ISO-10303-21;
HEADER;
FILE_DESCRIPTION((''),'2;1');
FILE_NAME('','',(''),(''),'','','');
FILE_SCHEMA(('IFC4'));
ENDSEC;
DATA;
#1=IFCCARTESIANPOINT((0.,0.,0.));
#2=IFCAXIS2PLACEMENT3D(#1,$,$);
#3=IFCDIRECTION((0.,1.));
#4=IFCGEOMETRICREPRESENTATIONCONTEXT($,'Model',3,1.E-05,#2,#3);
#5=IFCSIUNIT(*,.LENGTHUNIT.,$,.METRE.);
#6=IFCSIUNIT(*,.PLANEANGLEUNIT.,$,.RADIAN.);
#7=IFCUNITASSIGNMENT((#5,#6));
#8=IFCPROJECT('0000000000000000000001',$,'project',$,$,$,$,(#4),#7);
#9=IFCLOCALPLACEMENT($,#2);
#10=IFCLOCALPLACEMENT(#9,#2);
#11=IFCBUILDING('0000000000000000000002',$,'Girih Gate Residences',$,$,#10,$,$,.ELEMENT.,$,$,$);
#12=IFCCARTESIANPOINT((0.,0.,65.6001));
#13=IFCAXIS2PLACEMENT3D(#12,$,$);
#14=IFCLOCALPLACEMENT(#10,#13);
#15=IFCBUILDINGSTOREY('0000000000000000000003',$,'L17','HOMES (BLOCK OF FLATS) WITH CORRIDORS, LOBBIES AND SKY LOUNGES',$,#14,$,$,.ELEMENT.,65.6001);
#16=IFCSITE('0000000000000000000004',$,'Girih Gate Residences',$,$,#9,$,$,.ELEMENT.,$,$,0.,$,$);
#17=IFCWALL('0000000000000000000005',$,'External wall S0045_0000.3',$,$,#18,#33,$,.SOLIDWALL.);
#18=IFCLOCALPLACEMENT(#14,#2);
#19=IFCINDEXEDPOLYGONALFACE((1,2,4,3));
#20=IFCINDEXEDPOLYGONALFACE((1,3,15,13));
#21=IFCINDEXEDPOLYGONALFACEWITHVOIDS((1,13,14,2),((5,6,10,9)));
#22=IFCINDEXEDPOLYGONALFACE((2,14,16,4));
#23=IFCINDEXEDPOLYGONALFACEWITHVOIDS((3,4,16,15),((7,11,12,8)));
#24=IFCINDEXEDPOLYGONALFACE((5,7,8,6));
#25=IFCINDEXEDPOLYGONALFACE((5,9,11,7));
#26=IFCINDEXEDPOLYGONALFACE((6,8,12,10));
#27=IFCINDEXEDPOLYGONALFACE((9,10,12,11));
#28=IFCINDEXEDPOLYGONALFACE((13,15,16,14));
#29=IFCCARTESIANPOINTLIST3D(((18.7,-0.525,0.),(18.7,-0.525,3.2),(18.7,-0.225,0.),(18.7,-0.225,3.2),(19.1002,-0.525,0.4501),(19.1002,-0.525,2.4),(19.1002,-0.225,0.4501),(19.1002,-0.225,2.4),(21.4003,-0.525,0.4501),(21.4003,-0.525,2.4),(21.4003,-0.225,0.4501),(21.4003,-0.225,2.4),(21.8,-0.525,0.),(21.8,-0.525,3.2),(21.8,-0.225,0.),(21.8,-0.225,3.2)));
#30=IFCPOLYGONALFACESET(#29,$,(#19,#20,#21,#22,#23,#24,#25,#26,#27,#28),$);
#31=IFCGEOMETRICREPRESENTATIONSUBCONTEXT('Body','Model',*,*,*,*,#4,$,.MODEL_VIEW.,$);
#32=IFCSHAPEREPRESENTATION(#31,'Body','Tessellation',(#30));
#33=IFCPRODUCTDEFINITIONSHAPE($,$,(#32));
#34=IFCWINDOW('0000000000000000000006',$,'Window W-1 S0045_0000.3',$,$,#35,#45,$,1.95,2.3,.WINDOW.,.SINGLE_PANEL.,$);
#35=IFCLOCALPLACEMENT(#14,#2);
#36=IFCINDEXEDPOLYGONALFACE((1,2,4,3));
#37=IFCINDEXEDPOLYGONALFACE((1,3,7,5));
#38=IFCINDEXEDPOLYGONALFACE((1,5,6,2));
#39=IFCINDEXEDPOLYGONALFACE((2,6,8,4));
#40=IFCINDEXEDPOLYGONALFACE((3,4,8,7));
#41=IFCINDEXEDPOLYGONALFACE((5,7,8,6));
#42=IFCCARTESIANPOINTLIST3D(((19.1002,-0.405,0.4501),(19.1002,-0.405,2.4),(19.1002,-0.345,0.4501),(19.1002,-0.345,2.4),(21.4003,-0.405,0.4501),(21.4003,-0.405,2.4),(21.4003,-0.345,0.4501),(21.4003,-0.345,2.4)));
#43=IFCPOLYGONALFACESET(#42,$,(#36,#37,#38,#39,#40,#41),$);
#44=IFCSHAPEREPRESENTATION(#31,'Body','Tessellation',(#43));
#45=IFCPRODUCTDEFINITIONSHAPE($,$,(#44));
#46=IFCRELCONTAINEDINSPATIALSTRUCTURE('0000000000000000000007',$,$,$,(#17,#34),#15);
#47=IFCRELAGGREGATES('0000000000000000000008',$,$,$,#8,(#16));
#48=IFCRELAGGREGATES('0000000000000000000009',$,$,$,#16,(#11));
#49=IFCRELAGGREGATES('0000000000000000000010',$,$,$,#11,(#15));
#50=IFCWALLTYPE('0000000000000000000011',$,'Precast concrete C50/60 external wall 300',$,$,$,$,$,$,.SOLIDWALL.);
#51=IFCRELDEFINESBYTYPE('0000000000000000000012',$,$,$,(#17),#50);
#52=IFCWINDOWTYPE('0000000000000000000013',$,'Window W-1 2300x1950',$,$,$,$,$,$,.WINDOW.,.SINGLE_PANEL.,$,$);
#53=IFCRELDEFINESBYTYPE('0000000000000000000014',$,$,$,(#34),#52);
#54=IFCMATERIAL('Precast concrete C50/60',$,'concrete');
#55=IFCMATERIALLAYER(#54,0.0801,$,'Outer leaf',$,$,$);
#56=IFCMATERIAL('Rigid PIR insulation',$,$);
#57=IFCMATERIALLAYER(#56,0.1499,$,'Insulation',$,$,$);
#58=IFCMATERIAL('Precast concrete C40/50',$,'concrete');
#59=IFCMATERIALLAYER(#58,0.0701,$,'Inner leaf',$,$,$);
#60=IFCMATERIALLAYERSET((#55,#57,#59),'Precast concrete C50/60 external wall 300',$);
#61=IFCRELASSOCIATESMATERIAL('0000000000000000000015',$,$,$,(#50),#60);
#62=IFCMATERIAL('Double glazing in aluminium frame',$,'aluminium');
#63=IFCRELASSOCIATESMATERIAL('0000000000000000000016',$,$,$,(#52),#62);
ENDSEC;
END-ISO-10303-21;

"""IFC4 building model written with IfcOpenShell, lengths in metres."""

from ifc_helpers import new_model, si_unit, direction, frame, frame_2d, origin, place, context, subcontext, project, spatial, rectangle, extrude, material, layer, layer_set, type_object, element, fill, save


model = new_model("IFC4")

# Units and contexts
model_context = context("Model", 3, precision=1e-05, world=origin(), true_north=direction((0.0, 1.0)))
body_context = subcontext(model_context, "Body", "Model", "MODEL_VIEW")
ifc_project = project(units=[si_unit("LENGTHUNIT", "METRE"), si_unit("PLANEANGLEUNIT", "RADIAN")], contexts=[model_context])

# Site, building, storey
site_placement = place(None, origin())
site = spatial("IfcSite", under=ifc_project, at=site_placement, Name="Girih Gate Residences", CompositionType="ELEMENT", RefElevation=0.0)
building_placement = place(site_placement, origin())
building = spatial("IfcBuilding", under=site, at=building_placement, Name="Girih Gate Residences", CompositionType="ELEMENT")
storey_placement = place(building_placement, frame((0.0, 0.0, 65.6001)))
storey = spatial("IfcBuildingStorey", under=building, at=storey_placement, Name="L17", Description="HOMES (BLOCK OF FLATS) WITH CORRIDORS, LOBBIES AND SKY LOUNGES", CompositionType="ELEMENT", Elevation=65.6001)

# Wall, opening, window
ifc_material_1 = material(Name="Precast concrete C50/60", Category="concrete")
ifc_layer_1 = layer(ifc_material_1, 0.0801, Name="Outer leaf")
ifc_material_2 = material(Name="Rigid PIR insulation")
ifc_layer_2 = layer(ifc_material_2, 0.1499, Name="Insulation")
ifc_material_3 = material(Name="Precast concrete C40/50", Category="concrete")
ifc_layer_3 = layer(ifc_material_3, 0.0701, Name="Inner leaf")
ifc_layer_set_1 = layer_set([ifc_layer_1, ifc_layer_2, ifc_layer_3], Name="Precast concrete C50/60 external wall 300")
wall_type_1 = type_object("IfcWallType", Name="Precast concrete C50/60 external wall 300", PredefinedType="SOLIDWALL", material=ifc_layer_set_1)
ifc_material_4 = material(Name="Double glazing in aluminium frame", Category="aluminium")
window_type = type_object("IfcWindowType", Name="Window W-1 2300x1950", PartitioningType="SINGLE_PANEL", PredefinedType="WINDOW", material=ifc_material_4)
wall_1_placement = place(storey_placement, frame((21.8, -0.375, 0.0), z_axis=(0.0, 0.0, 1.0), x_axis=(-1.0, 0.0, 0.0)))
wall_1 = element("IfcWall", 1, at=wall_1_placement, inside=storey, type_object=wall_type_1, Name="External wall S0045_0000.3", PredefinedType="SOLIDWALL", context=body_context, shape_type="SweptSolid", body=[
    extrude(rectangle(XDim=3.1001, YDim=0.3, at=frame_2d((1.55, 0.0))), origin(), (0.0, 0.0, 1.0), 3.2),
])
opening_1_placement = place(wall_1_placement, frame((0.3999, 0.0, 0.45)))
opening_1 = element("IfcOpeningElement", 2, at=opening_1_placement, cuts=wall_1, PredefinedType="OPENING", context=body_context, shape_type="SweptSolid", body=[
    extrude(rectangle(XDim=2.3, YDim=1.95, at=frame_2d((1.1499, 0.9751))), frame((0.0, 0.1599, 0.0), z_axis=(0.0, -1.0, 0.0), x_axis=(1.0, 0.0, 0.0)), (0.0, 0.0, 1.0), 0.3201),
])
window_1_placement = place(opening_1_placement, origin())
window_1 = element("IfcWindow", 3, at=window_1_placement, inside=storey, type_object=window_type, Name="Window W-1 S0045_0000.3", OverallHeight=1.95, OverallWidth=2.3, PartitioningType="SINGLE_PANEL", PredefinedType="WINDOW", context=body_context, shape_type="SweptSolid", body=[
    extrude(rectangle(XDim=2.3, YDim=1.95, at=frame_2d((1.1499, 0.9751))), frame((0.0, 0.03, 0.0), z_axis=(0.0, -1.0, 0.0), x_axis=(1.0, 0.0, 0.0)), (0.0, 0.0, 1.0), 0.0601),
])
fill(opening_1, window_1)

save(model, "model.ifc")
